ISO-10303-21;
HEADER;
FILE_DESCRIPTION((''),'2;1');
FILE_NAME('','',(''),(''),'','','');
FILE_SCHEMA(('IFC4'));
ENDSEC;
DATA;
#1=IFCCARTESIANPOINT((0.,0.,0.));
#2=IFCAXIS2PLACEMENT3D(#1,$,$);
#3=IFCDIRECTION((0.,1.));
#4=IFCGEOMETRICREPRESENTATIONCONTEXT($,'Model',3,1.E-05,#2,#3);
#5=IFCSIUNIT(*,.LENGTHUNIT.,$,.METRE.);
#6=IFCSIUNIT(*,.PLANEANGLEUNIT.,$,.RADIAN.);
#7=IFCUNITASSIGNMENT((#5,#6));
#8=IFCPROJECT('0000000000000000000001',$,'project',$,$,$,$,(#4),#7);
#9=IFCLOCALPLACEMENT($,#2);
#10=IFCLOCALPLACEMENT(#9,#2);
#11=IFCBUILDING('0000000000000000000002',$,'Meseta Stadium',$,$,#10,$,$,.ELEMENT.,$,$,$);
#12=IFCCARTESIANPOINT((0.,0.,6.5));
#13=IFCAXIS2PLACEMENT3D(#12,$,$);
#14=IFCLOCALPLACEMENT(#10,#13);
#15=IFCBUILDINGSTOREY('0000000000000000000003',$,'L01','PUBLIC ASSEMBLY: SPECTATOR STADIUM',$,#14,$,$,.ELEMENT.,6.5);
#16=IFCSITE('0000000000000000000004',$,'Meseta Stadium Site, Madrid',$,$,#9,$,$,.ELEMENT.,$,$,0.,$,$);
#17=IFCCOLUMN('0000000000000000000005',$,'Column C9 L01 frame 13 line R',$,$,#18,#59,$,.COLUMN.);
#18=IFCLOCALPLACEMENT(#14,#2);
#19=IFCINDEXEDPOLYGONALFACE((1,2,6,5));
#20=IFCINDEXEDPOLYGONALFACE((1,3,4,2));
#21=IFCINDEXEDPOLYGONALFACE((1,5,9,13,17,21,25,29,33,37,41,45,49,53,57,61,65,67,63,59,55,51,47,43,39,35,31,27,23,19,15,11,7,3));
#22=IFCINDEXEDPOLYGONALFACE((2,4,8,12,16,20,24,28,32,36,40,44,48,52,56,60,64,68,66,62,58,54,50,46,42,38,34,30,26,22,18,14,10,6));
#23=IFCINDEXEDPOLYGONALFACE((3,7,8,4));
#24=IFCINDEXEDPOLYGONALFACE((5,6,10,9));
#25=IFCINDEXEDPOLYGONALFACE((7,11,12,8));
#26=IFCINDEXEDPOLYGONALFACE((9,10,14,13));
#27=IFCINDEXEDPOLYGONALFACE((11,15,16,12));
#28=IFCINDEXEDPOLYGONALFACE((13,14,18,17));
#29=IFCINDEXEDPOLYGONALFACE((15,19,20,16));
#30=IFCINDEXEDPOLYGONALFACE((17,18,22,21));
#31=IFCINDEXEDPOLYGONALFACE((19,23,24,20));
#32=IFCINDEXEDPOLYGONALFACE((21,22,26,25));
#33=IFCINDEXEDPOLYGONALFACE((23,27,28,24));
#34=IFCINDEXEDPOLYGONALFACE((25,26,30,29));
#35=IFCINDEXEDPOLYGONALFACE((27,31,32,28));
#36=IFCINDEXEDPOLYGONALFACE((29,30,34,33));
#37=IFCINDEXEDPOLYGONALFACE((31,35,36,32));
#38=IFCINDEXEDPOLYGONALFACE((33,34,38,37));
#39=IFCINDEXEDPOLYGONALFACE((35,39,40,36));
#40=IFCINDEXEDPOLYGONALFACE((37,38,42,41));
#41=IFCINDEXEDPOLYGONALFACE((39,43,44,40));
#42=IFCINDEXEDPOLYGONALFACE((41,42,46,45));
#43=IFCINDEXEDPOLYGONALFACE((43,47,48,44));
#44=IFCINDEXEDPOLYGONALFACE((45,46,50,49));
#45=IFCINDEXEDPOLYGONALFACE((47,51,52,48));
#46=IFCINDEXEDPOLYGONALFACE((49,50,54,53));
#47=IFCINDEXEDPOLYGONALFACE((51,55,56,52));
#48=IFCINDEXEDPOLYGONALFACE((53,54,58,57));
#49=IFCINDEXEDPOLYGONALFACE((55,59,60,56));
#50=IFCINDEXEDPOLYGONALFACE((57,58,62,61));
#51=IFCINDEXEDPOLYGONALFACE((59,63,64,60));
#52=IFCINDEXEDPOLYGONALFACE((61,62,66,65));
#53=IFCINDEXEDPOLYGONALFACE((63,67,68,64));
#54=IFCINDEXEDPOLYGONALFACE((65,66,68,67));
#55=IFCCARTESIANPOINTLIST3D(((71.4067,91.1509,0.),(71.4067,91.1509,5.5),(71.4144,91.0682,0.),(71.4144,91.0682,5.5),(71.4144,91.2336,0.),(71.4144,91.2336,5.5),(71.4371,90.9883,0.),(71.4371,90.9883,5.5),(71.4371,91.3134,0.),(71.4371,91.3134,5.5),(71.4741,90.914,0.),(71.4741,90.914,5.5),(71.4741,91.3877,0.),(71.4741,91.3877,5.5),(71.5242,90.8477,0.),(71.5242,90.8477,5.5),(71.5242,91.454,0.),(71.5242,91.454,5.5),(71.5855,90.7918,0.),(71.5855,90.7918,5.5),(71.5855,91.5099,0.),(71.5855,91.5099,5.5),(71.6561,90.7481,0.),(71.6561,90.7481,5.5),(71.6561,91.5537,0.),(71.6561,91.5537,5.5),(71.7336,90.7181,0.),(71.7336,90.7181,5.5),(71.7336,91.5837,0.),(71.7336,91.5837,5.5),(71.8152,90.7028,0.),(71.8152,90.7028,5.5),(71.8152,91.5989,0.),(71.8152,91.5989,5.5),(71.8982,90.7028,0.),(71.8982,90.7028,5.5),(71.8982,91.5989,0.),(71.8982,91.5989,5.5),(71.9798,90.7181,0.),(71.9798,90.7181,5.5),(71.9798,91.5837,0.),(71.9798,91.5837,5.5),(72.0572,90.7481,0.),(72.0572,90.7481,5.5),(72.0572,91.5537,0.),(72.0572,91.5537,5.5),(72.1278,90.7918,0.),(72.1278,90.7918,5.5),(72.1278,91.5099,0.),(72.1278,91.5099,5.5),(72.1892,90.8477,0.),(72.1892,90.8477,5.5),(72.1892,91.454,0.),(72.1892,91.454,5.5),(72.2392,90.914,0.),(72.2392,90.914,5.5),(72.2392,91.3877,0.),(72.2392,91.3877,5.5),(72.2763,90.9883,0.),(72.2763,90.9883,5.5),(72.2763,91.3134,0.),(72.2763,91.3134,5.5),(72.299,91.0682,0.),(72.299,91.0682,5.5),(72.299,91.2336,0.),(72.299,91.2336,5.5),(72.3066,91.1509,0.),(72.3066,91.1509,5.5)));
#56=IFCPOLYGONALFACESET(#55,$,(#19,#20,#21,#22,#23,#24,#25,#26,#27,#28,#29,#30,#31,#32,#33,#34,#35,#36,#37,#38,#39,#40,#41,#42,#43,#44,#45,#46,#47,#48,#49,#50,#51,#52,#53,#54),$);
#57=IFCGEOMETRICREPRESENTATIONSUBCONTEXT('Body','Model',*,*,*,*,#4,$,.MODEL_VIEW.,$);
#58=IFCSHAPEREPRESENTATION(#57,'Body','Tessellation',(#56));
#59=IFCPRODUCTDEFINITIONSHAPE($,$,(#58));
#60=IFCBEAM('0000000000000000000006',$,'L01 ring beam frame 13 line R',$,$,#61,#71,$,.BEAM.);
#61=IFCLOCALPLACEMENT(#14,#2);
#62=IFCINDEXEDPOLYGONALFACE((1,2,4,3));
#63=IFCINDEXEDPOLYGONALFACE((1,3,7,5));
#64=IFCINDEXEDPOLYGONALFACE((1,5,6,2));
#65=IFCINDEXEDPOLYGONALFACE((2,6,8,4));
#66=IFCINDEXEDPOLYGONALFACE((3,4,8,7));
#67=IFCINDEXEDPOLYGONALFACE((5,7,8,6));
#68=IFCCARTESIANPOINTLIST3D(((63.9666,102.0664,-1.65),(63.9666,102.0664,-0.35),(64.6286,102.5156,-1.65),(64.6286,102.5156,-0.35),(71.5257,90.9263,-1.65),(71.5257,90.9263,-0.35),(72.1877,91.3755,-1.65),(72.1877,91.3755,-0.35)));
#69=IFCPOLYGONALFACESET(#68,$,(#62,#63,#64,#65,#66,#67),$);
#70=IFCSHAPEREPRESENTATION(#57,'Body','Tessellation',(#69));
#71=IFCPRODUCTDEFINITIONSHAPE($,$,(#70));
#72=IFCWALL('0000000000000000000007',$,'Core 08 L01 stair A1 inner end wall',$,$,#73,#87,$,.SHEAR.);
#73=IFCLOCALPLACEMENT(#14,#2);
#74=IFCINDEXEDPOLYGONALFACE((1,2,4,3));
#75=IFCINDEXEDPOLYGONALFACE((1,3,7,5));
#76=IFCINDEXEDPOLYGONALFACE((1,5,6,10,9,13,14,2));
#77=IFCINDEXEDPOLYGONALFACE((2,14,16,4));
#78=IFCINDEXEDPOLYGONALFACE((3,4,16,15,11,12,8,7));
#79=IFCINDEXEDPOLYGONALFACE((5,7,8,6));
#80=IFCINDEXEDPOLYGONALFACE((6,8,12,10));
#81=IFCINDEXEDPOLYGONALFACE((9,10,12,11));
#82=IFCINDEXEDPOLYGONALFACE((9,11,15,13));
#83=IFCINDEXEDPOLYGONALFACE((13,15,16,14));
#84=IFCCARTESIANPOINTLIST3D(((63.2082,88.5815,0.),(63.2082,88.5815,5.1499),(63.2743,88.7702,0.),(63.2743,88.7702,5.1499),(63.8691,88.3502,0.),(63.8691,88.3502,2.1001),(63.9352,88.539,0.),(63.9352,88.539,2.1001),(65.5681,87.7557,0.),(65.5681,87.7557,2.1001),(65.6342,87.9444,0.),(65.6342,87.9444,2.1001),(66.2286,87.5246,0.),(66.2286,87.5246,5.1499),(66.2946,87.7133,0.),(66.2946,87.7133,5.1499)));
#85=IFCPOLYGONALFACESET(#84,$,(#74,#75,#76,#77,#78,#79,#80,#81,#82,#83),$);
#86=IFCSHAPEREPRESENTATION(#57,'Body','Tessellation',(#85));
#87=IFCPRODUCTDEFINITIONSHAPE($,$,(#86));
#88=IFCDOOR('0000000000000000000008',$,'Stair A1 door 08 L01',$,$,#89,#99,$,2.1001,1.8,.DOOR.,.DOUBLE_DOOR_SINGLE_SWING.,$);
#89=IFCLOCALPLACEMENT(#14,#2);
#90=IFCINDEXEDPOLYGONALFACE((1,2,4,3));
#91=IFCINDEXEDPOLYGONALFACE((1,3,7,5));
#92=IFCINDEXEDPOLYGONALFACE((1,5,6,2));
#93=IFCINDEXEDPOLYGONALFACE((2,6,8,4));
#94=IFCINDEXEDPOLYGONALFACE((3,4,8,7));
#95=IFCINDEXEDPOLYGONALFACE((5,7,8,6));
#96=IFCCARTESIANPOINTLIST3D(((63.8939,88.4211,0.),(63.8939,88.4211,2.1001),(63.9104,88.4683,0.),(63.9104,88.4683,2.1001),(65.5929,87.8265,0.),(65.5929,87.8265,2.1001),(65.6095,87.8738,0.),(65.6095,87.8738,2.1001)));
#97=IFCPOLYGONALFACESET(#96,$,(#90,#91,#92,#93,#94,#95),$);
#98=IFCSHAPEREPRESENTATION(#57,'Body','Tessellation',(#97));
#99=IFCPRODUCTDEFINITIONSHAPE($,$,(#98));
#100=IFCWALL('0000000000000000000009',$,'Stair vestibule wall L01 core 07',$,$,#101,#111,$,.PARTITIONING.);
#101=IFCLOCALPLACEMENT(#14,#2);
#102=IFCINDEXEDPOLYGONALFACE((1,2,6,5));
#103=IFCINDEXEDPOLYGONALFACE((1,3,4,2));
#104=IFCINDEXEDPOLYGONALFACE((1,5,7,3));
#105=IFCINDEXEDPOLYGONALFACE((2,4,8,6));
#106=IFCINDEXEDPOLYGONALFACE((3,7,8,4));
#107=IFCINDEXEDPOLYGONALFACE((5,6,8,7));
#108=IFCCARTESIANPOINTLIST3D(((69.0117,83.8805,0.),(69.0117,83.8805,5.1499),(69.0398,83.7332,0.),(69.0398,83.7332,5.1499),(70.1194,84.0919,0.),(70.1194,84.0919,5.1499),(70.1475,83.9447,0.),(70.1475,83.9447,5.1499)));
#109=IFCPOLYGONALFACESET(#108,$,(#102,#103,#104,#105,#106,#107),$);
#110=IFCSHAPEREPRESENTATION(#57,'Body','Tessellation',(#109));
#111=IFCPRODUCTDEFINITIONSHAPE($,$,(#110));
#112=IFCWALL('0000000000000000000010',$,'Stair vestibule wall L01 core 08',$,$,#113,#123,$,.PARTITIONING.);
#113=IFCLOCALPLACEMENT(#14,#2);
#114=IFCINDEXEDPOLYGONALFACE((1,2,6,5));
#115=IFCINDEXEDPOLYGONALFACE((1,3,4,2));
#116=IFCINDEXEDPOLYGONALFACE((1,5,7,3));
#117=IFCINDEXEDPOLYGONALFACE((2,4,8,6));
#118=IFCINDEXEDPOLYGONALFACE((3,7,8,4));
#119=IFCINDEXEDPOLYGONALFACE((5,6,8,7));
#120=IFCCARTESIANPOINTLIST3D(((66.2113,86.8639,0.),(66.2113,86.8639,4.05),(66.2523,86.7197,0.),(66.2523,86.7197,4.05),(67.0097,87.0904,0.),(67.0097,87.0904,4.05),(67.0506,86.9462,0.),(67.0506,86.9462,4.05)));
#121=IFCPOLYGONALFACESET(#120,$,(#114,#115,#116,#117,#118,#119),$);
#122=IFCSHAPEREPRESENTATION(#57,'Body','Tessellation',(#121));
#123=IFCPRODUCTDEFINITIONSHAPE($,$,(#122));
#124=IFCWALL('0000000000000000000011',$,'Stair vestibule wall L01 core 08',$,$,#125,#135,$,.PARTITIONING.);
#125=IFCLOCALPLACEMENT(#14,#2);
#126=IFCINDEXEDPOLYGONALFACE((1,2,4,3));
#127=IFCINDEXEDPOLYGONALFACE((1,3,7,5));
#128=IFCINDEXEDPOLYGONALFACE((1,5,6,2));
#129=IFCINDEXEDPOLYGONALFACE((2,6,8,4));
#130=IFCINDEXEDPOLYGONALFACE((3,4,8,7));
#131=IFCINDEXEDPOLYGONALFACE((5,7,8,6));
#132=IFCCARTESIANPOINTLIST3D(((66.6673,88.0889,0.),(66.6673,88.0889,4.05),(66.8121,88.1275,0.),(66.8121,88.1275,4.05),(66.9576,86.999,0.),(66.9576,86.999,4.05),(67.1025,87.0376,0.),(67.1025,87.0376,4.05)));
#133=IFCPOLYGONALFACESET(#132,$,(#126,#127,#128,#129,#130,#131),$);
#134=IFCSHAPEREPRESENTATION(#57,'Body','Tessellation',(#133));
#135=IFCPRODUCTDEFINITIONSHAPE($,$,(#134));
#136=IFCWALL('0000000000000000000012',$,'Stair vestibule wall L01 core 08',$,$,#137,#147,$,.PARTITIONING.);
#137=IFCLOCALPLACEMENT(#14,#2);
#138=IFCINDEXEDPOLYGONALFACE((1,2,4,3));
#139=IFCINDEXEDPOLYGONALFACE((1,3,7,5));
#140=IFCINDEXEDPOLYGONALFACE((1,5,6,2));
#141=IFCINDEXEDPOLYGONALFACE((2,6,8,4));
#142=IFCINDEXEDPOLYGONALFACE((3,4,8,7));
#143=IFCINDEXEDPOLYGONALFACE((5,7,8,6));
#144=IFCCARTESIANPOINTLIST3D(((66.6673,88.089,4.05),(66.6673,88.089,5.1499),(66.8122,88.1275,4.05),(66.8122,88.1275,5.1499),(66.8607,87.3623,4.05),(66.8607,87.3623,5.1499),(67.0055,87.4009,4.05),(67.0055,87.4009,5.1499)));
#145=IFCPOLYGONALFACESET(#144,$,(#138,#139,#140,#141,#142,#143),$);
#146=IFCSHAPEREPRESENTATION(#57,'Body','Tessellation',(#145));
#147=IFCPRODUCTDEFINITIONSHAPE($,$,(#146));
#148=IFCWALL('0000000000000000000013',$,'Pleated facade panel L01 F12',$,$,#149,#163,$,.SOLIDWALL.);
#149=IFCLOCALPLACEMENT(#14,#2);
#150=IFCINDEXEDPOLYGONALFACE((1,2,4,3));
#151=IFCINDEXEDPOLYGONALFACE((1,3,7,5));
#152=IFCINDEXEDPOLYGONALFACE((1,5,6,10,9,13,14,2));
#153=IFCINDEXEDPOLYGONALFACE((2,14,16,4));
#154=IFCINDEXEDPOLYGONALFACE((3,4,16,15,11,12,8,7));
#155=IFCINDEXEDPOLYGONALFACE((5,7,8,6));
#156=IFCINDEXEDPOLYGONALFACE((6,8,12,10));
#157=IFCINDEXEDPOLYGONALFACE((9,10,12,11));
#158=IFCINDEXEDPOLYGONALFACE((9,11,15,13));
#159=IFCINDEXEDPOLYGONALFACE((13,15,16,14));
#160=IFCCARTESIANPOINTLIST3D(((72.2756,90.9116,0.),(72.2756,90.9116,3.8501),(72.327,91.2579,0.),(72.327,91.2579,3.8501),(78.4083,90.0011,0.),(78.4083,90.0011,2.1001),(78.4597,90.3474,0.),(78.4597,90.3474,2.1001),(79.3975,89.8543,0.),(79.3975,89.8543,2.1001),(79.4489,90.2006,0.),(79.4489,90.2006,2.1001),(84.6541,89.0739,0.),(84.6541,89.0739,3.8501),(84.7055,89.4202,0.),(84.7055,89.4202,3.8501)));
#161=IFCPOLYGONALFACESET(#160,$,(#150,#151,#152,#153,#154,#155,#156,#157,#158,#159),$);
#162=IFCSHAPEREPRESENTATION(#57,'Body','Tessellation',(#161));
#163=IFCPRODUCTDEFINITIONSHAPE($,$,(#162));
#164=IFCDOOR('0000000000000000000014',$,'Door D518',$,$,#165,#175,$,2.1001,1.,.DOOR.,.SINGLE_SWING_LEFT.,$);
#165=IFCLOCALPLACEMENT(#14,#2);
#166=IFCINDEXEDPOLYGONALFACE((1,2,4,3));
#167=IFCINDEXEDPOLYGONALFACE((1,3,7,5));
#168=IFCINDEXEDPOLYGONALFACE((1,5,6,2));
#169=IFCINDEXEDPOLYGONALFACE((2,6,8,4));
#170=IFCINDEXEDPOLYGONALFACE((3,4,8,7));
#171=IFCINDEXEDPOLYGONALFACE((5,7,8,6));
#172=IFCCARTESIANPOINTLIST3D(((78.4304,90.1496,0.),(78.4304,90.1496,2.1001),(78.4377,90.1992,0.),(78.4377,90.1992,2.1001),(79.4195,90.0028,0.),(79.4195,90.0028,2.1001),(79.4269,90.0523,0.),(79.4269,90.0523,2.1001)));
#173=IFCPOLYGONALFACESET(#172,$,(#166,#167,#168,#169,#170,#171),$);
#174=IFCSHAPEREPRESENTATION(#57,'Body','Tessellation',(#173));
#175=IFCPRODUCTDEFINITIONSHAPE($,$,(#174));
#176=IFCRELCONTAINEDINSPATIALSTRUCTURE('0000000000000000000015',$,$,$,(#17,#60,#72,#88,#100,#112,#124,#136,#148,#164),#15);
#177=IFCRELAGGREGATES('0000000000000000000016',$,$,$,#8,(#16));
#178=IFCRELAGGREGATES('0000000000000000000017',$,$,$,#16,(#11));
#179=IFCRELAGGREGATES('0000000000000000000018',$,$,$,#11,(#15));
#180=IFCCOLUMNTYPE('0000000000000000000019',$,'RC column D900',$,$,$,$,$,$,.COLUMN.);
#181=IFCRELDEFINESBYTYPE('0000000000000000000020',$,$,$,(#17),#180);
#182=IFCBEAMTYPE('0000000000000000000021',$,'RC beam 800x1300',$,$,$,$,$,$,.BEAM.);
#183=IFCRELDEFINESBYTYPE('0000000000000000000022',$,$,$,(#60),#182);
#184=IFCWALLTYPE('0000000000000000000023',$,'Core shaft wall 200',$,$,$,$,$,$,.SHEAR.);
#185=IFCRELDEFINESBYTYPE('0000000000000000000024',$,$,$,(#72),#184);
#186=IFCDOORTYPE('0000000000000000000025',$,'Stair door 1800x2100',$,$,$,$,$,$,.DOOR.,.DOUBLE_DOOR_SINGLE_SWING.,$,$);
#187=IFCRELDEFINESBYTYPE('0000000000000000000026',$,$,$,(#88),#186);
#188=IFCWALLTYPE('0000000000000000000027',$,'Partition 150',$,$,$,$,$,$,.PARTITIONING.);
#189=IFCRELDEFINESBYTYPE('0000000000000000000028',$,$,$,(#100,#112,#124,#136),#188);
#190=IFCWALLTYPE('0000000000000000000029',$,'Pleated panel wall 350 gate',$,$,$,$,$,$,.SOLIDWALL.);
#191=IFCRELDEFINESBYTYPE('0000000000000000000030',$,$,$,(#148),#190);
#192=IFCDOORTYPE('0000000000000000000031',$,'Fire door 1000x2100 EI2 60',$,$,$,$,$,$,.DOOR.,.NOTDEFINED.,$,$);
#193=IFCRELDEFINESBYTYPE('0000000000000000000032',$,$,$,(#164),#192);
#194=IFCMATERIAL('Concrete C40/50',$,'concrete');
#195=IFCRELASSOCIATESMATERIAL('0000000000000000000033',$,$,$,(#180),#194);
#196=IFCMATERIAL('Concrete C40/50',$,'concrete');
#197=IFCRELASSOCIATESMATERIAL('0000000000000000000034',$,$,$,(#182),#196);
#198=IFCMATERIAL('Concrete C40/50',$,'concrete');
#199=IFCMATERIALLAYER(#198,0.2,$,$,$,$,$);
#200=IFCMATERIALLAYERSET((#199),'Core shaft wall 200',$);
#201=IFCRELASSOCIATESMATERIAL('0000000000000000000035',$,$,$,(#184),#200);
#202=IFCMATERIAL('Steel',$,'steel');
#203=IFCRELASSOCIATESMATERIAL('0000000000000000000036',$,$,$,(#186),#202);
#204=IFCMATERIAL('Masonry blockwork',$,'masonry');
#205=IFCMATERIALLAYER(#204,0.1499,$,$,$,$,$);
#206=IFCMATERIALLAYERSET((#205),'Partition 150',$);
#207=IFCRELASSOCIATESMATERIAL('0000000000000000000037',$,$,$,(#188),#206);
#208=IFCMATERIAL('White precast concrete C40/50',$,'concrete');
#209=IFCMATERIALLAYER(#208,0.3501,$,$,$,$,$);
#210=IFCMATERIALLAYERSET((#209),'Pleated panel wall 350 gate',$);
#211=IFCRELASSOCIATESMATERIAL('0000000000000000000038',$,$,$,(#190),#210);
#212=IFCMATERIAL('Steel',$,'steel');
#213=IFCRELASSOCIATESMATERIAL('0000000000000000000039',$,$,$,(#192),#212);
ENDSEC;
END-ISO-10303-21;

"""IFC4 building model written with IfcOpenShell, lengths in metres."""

from ifc_helpers import new_model, si_unit, direction, frame, frame_2d, origin, origin_2d, place, context, subcontext, project, spatial, rectangle, circle, extrude, material, layer, layer_set, material_profile, profile_set, type_object, element, fill, save


model = new_model("IFC4")

# Units and contexts
model_context = context("Model", 3, precision=1e-05, world=origin(), true_north=direction((0.0, 1.0)))
body_context = subcontext(model_context, "Body", "Model", "MODEL_VIEW")
ifc_project = project(units=[si_unit("LENGTHUNIT", "METRE"), si_unit("PLANEANGLEUNIT", "RADIAN")], contexts=[model_context])

# Site, building, storey
site_placement = place(None, origin())
site = spatial("IfcSite", under=ifc_project, at=site_placement, Name="Meseta Stadium Site, Madrid", CompositionType="ELEMENT", RefElevation=0.0)
building_placement = place(site_placement, origin())
building = spatial("IfcBuilding", under=site, at=building_placement, Name="Meseta Stadium", CompositionType="ELEMENT")
storey_placement = place(building_placement, frame((0.0, 0.0, 6.5)))
storey = spatial("IfcBuildingStorey", under=building, at=storey_placement, Name="L01", Description="PUBLIC ASSEMBLY: SPECTATOR STADIUM", CompositionType="ELEMENT", Elevation=6.5)

# Column
ifc_material_1 = material(Name="Concrete C40/50", Category="concrete")
ifc_material_profile_1 = material_profile(ifc_material_1, circle(Radius=0.45, at=origin_2d()), Name="RC D900")
ifc_profile_set_1 = profile_set([ifc_material_profile_1], Name="Concrete C40/50")
column_type = type_object("IfcColumnType", Name="RC column D900", PredefinedType="COLUMN", material=ifc_profile_set_1)
column_placement = place(storey_placement, frame((71.8567, 91.1509, 0.0), z_axis=(0.0, 0.0, 1.0), x_axis=(1.0, 0.0, 0.0)))
element("IfcColumn", 1, at=column_placement, inside=storey, type_object=column_type, Name="Column C9 L01 frame 13 line R", PredefinedType="COLUMN", context=body_context, shape_type="SweptSolid", body=[
    extrude(circle(Radius=0.45, at=origin_2d()), origin(), (0.0, 0.0, 1.0), 5.5),
])

# Beam
ifc_material_2 = material(Name="Concrete C40/50", Category="concrete")
ifc_material_profile_2 = material_profile(ifc_material_2, rectangle(XDim=0.8, YDim=1.3, at=origin_2d()), Name="RC 800x1300")
ifc_profile_set_2 = profile_set([ifc_material_profile_2], Name="Concrete C40/50")
beam_type = type_object("IfcBeamType", Name="RC beam 800x1300", PredefinedType="BEAM", material=ifc_profile_set_2)
beam_placement = place(storey_placement, frame((71.8567, 91.1509, -1.0), z_axis=(-0.561486, 0.827486, 0.0), x_axis=(-0.827486, -0.561486, 0.0)))
element("IfcBeam", 2, at=beam_placement, inside=storey, type_object=beam_type, Name="L01 ring beam frame 13 line R", PredefinedType="BEAM", context=body_context, shape_type="SweptSolid", body=[
    extrude(rectangle(XDim=0.8, YDim=1.3, at=origin_2d()), origin(), (0.0, 0.0, 1.0), 13.4626),
])

# Wall, opening, door
ifc_material_3 = material(Name="Concrete C40/50", Category="concrete")
ifc_layer_1 = layer(ifc_material_3, 0.2)
ifc_layer_set_1 = layer_set([ifc_layer_1], Name="Core shaft wall 200")
wall_type_1 = type_object("IfcWallType", Name="Core shaft wall 200", PredefinedType="SHEAR", material=ifc_layer_set_1)
wall_1_placement = place(storey_placement, frame((66.2617, 87.6189, 0.0), z_axis=(0.0, 0.0, 1.0), x_axis=(-0.943879, 0.330293, 0.0)))
wall_1 = element("IfcWall", 3, at=wall_1_placement, inside=storey, type_object=wall_type_1, Name="Core 08 L01 stair A1 inner end wall", PredefinedType="SHEAR", context=body_context, shape_type="SweptSolid", body=[
    extrude(rectangle(XDim=3.2, YDim=0.2, at=frame_2d((1.6001, 0.0))), origin(), (0.0, 0.0, 1.0), 5.1499),
])
opening_1_placement = place(wall_1_placement, frame((0.7, 0.0, 0.0)))
opening_1 = element("IfcOpeningElement", 4, at=opening_1_placement, cuts=wall_1, PredefinedType="OPENING", context=body_context, shape_type="SweptSolid", body=[
    extrude(rectangle(XDim=1.8, YDim=2.1001, at=frame_2d((0.8999, 1.05))), frame((0.0, 0.1099, 0.0), z_axis=(0.0, -1.0, 0.0), x_axis=(1.0, 0.0, 0.0)), (0.0, 0.0, 1.0), 0.22),
])
ifc_material_4 = material(Name="Steel", Category="steel")
door_type_1 = type_object("IfcDoorType", Name="Stair door 1800x2100", OperationType="DOUBLE_DOOR_SINGLE_SWING", PredefinedType="DOOR", material=ifc_material_4)
door_1_placement = place(opening_1_placement, origin())
door_1 = element("IfcDoor", 5, at=door_1_placement, inside=storey, type_object=door_type_1, Name="Stair A1 door 08 L01", OperationType="DOUBLE_DOOR_SINGLE_SWING", OverallHeight=2.1001, OverallWidth=1.8, PredefinedType="DOOR", context=body_context, shape_type="SweptSolid", body=[
    extrude(rectangle(XDim=1.8, YDim=2.1001, at=frame_2d((0.8999, 1.05))), frame((0.0, 0.0249, 0.0), z_axis=(0.0, -1.0, 0.0), x_axis=(1.0, 0.0, 0.0)), (0.0, 0.0, 1.0), 0.05),
])
fill(opening_1, door_1)

# Walls
ifc_material_5 = material(Name="Masonry blockwork", Category="masonry")
ifc_layer_2 = layer(ifc_material_5, 0.1499)
ifc_layer_set_2 = layer_set([ifc_layer_2], Name="Partition 150")
wall_type_2 = type_object("IfcWallType", Name="Partition 150", PredefinedType="PARTITIONING", material=ifc_layer_set_2)
wall_2_placement = place(storey_placement, frame((70.1335, 84.0183, 0.0), z_axis=(0.0, 0.0, 1.0), x_axis=(-0.982266, -0.18749, 0.0)))
element("IfcWall", 6, at=wall_2_placement, inside=storey, type_object=wall_type_2, Name="Stair vestibule wall L01 core 07", PredefinedType="PARTITIONING", context=body_context, shape_type="SweptSolid", body=[
    extrude(rectangle(XDim=1.1277, YDim=0.1499, at=frame_2d((0.564, 0.0))), origin(), (0.0, 0.0, 1.0), 5.1499),
])
wall_3_placement = place(storey_placement, frame((66.2317, 86.7917, 0.0), z_axis=(0.0, 0.0, 1.0), x_axis=(0.962011, 0.273011, 0.0)))
element("IfcWall", 7, at=wall_3_placement, inside=storey, type_object=wall_type_2, Name="Stair vestibule wall L01 core 08", PredefinedType="PARTITIONING", context=body_context, shape_type="SweptSolid", body=[
    extrude(rectangle(XDim=0.8298, YDim=0.1499, at=frame_2d((0.415, 0.0))), origin(), (0.0, 0.0, 1.0), 4.05),
])
wall_4_placement = place(storey_placement, frame((67.03, 87.0183, 0.0), z_axis=(0.0, 0.0, 1.0), x_axis=(-0.25738, 0.96631, 0.0)))
element("IfcWall", 8, at=wall_4_placement, inside=storey, type_object=wall_type_2, Name="Stair vestibule wall L01 core 08", PredefinedType="PARTITIONING", context=body_context, shape_type="SweptSolid", body=[
    extrude(rectangle(XDim=1.1279, YDim=0.1499, at=frame_2d((0.564, 0.0))), origin(), (0.0, 0.0, 1.0), 4.05),
])
wall_5_placement = place(storey_placement, frame((66.9331, 87.3816, 4.05), z_axis=(0.0, 0.0, 1.0), x_axis=(-0.257178, 0.966364, 0.0)))
element("IfcWall", 9, at=wall_5_placement, inside=storey, type_object=wall_type_2, Name="Stair vestibule wall L01 core 08", PredefinedType="PARTITIONING", context=body_context, shape_type="SweptSolid", body=[
    extrude(rectangle(XDim=0.752, YDim=0.1499, at=frame_2d((0.376, 0.0))), origin(), (0.0, 0.0, 1.0), 1.0999),
])

# Wall, opening, door
ifc_material_6 = material(Name="White precast concrete C40/50", Category="concrete")
ifc_layer_3 = layer(ifc_material_6, 0.3501)
ifc_layer_set_3 = layer_set([ifc_layer_3], Name="Pleated panel wall 350 gate")
wall_type_3 = type_object("IfcWallType", Name="Pleated panel wall 350 gate", PredefinedType="SOLIDWALL", material=ifc_layer_set_3)
wall_6_placement = place(storey_placement, frame((72.3013, 91.0847, 0.0), z_axis=(0.0, 0.0, 1.0), x_axis=(0.989159, -0.146846, 0.0)))
wall_6 = element("IfcWall", 10, at=wall_6_placement, inside=storey, type_object=wall_type_3, Name="Pleated facade panel L01 F12", PredefinedType="SOLIDWALL", context=body_context, shape_type="SweptSolid", body=[
    extrude(rectangle(XDim=12.5142, YDim=0.3501, at=frame_2d((6.2571, 0.0))), origin(), (0.0, 0.0, 1.0), 3.8501),
])
opening_2_placement = place(wall_6_placement, frame((6.2, 0.0, 0.0)))
opening_2 = element("IfcOpeningElement", 11, at=opening_2_placement, cuts=wall_6, PredefinedType="OPENING", context=body_context, shape_type="SweptSolid", body=[
    extrude(rectangle(XDim=1.0, YDim=2.1001, at=frame_2d((0.5, 1.05))), frame((0.0, 0.1851, 0.0), z_axis=(0.0, -1.0, 0.0), x_axis=(1.0, 0.0, 0.0)), (0.0, 0.0, 1.0), 0.3701),
])
ifc_material_7 = material(Name="Steel", Category="steel")
door_type_2 = type_object("IfcDoorType", Name="Fire door 1000x2100 EI2 60", OperationType="NOTDEFINED", PredefinedType="DOOR", material=ifc_material_7)
door_2_placement = place(opening_2_placement, frame((1.0, 0.0, 0.0), z_axis=(0.0, 0.0, 1.0), x_axis=(-1.0, 0.0, 0.0)))
door_2 = element("IfcDoor", 12, at=door_2_placement, inside=storey, type_object=door_type_2, Name="Door D518", OperationType="SINGLE_SWING_LEFT", OverallHeight=2.1001, OverallWidth=1.0, PredefinedType="DOOR", context=body_context, shape_type="SweptSolid", body=[
    extrude(rectangle(XDim=1.0, YDim=2.1001, at=frame_2d((0.5, 1.05))), frame((0.0, 0.0249, 0.0), z_axis=(0.0, -1.0, 0.0), x_axis=(1.0, 0.0, 0.0)), (0.0, 0.0, 1.0), 0.05),
])
fill(opening_2, door_2)

save(model, "model.ifc")
